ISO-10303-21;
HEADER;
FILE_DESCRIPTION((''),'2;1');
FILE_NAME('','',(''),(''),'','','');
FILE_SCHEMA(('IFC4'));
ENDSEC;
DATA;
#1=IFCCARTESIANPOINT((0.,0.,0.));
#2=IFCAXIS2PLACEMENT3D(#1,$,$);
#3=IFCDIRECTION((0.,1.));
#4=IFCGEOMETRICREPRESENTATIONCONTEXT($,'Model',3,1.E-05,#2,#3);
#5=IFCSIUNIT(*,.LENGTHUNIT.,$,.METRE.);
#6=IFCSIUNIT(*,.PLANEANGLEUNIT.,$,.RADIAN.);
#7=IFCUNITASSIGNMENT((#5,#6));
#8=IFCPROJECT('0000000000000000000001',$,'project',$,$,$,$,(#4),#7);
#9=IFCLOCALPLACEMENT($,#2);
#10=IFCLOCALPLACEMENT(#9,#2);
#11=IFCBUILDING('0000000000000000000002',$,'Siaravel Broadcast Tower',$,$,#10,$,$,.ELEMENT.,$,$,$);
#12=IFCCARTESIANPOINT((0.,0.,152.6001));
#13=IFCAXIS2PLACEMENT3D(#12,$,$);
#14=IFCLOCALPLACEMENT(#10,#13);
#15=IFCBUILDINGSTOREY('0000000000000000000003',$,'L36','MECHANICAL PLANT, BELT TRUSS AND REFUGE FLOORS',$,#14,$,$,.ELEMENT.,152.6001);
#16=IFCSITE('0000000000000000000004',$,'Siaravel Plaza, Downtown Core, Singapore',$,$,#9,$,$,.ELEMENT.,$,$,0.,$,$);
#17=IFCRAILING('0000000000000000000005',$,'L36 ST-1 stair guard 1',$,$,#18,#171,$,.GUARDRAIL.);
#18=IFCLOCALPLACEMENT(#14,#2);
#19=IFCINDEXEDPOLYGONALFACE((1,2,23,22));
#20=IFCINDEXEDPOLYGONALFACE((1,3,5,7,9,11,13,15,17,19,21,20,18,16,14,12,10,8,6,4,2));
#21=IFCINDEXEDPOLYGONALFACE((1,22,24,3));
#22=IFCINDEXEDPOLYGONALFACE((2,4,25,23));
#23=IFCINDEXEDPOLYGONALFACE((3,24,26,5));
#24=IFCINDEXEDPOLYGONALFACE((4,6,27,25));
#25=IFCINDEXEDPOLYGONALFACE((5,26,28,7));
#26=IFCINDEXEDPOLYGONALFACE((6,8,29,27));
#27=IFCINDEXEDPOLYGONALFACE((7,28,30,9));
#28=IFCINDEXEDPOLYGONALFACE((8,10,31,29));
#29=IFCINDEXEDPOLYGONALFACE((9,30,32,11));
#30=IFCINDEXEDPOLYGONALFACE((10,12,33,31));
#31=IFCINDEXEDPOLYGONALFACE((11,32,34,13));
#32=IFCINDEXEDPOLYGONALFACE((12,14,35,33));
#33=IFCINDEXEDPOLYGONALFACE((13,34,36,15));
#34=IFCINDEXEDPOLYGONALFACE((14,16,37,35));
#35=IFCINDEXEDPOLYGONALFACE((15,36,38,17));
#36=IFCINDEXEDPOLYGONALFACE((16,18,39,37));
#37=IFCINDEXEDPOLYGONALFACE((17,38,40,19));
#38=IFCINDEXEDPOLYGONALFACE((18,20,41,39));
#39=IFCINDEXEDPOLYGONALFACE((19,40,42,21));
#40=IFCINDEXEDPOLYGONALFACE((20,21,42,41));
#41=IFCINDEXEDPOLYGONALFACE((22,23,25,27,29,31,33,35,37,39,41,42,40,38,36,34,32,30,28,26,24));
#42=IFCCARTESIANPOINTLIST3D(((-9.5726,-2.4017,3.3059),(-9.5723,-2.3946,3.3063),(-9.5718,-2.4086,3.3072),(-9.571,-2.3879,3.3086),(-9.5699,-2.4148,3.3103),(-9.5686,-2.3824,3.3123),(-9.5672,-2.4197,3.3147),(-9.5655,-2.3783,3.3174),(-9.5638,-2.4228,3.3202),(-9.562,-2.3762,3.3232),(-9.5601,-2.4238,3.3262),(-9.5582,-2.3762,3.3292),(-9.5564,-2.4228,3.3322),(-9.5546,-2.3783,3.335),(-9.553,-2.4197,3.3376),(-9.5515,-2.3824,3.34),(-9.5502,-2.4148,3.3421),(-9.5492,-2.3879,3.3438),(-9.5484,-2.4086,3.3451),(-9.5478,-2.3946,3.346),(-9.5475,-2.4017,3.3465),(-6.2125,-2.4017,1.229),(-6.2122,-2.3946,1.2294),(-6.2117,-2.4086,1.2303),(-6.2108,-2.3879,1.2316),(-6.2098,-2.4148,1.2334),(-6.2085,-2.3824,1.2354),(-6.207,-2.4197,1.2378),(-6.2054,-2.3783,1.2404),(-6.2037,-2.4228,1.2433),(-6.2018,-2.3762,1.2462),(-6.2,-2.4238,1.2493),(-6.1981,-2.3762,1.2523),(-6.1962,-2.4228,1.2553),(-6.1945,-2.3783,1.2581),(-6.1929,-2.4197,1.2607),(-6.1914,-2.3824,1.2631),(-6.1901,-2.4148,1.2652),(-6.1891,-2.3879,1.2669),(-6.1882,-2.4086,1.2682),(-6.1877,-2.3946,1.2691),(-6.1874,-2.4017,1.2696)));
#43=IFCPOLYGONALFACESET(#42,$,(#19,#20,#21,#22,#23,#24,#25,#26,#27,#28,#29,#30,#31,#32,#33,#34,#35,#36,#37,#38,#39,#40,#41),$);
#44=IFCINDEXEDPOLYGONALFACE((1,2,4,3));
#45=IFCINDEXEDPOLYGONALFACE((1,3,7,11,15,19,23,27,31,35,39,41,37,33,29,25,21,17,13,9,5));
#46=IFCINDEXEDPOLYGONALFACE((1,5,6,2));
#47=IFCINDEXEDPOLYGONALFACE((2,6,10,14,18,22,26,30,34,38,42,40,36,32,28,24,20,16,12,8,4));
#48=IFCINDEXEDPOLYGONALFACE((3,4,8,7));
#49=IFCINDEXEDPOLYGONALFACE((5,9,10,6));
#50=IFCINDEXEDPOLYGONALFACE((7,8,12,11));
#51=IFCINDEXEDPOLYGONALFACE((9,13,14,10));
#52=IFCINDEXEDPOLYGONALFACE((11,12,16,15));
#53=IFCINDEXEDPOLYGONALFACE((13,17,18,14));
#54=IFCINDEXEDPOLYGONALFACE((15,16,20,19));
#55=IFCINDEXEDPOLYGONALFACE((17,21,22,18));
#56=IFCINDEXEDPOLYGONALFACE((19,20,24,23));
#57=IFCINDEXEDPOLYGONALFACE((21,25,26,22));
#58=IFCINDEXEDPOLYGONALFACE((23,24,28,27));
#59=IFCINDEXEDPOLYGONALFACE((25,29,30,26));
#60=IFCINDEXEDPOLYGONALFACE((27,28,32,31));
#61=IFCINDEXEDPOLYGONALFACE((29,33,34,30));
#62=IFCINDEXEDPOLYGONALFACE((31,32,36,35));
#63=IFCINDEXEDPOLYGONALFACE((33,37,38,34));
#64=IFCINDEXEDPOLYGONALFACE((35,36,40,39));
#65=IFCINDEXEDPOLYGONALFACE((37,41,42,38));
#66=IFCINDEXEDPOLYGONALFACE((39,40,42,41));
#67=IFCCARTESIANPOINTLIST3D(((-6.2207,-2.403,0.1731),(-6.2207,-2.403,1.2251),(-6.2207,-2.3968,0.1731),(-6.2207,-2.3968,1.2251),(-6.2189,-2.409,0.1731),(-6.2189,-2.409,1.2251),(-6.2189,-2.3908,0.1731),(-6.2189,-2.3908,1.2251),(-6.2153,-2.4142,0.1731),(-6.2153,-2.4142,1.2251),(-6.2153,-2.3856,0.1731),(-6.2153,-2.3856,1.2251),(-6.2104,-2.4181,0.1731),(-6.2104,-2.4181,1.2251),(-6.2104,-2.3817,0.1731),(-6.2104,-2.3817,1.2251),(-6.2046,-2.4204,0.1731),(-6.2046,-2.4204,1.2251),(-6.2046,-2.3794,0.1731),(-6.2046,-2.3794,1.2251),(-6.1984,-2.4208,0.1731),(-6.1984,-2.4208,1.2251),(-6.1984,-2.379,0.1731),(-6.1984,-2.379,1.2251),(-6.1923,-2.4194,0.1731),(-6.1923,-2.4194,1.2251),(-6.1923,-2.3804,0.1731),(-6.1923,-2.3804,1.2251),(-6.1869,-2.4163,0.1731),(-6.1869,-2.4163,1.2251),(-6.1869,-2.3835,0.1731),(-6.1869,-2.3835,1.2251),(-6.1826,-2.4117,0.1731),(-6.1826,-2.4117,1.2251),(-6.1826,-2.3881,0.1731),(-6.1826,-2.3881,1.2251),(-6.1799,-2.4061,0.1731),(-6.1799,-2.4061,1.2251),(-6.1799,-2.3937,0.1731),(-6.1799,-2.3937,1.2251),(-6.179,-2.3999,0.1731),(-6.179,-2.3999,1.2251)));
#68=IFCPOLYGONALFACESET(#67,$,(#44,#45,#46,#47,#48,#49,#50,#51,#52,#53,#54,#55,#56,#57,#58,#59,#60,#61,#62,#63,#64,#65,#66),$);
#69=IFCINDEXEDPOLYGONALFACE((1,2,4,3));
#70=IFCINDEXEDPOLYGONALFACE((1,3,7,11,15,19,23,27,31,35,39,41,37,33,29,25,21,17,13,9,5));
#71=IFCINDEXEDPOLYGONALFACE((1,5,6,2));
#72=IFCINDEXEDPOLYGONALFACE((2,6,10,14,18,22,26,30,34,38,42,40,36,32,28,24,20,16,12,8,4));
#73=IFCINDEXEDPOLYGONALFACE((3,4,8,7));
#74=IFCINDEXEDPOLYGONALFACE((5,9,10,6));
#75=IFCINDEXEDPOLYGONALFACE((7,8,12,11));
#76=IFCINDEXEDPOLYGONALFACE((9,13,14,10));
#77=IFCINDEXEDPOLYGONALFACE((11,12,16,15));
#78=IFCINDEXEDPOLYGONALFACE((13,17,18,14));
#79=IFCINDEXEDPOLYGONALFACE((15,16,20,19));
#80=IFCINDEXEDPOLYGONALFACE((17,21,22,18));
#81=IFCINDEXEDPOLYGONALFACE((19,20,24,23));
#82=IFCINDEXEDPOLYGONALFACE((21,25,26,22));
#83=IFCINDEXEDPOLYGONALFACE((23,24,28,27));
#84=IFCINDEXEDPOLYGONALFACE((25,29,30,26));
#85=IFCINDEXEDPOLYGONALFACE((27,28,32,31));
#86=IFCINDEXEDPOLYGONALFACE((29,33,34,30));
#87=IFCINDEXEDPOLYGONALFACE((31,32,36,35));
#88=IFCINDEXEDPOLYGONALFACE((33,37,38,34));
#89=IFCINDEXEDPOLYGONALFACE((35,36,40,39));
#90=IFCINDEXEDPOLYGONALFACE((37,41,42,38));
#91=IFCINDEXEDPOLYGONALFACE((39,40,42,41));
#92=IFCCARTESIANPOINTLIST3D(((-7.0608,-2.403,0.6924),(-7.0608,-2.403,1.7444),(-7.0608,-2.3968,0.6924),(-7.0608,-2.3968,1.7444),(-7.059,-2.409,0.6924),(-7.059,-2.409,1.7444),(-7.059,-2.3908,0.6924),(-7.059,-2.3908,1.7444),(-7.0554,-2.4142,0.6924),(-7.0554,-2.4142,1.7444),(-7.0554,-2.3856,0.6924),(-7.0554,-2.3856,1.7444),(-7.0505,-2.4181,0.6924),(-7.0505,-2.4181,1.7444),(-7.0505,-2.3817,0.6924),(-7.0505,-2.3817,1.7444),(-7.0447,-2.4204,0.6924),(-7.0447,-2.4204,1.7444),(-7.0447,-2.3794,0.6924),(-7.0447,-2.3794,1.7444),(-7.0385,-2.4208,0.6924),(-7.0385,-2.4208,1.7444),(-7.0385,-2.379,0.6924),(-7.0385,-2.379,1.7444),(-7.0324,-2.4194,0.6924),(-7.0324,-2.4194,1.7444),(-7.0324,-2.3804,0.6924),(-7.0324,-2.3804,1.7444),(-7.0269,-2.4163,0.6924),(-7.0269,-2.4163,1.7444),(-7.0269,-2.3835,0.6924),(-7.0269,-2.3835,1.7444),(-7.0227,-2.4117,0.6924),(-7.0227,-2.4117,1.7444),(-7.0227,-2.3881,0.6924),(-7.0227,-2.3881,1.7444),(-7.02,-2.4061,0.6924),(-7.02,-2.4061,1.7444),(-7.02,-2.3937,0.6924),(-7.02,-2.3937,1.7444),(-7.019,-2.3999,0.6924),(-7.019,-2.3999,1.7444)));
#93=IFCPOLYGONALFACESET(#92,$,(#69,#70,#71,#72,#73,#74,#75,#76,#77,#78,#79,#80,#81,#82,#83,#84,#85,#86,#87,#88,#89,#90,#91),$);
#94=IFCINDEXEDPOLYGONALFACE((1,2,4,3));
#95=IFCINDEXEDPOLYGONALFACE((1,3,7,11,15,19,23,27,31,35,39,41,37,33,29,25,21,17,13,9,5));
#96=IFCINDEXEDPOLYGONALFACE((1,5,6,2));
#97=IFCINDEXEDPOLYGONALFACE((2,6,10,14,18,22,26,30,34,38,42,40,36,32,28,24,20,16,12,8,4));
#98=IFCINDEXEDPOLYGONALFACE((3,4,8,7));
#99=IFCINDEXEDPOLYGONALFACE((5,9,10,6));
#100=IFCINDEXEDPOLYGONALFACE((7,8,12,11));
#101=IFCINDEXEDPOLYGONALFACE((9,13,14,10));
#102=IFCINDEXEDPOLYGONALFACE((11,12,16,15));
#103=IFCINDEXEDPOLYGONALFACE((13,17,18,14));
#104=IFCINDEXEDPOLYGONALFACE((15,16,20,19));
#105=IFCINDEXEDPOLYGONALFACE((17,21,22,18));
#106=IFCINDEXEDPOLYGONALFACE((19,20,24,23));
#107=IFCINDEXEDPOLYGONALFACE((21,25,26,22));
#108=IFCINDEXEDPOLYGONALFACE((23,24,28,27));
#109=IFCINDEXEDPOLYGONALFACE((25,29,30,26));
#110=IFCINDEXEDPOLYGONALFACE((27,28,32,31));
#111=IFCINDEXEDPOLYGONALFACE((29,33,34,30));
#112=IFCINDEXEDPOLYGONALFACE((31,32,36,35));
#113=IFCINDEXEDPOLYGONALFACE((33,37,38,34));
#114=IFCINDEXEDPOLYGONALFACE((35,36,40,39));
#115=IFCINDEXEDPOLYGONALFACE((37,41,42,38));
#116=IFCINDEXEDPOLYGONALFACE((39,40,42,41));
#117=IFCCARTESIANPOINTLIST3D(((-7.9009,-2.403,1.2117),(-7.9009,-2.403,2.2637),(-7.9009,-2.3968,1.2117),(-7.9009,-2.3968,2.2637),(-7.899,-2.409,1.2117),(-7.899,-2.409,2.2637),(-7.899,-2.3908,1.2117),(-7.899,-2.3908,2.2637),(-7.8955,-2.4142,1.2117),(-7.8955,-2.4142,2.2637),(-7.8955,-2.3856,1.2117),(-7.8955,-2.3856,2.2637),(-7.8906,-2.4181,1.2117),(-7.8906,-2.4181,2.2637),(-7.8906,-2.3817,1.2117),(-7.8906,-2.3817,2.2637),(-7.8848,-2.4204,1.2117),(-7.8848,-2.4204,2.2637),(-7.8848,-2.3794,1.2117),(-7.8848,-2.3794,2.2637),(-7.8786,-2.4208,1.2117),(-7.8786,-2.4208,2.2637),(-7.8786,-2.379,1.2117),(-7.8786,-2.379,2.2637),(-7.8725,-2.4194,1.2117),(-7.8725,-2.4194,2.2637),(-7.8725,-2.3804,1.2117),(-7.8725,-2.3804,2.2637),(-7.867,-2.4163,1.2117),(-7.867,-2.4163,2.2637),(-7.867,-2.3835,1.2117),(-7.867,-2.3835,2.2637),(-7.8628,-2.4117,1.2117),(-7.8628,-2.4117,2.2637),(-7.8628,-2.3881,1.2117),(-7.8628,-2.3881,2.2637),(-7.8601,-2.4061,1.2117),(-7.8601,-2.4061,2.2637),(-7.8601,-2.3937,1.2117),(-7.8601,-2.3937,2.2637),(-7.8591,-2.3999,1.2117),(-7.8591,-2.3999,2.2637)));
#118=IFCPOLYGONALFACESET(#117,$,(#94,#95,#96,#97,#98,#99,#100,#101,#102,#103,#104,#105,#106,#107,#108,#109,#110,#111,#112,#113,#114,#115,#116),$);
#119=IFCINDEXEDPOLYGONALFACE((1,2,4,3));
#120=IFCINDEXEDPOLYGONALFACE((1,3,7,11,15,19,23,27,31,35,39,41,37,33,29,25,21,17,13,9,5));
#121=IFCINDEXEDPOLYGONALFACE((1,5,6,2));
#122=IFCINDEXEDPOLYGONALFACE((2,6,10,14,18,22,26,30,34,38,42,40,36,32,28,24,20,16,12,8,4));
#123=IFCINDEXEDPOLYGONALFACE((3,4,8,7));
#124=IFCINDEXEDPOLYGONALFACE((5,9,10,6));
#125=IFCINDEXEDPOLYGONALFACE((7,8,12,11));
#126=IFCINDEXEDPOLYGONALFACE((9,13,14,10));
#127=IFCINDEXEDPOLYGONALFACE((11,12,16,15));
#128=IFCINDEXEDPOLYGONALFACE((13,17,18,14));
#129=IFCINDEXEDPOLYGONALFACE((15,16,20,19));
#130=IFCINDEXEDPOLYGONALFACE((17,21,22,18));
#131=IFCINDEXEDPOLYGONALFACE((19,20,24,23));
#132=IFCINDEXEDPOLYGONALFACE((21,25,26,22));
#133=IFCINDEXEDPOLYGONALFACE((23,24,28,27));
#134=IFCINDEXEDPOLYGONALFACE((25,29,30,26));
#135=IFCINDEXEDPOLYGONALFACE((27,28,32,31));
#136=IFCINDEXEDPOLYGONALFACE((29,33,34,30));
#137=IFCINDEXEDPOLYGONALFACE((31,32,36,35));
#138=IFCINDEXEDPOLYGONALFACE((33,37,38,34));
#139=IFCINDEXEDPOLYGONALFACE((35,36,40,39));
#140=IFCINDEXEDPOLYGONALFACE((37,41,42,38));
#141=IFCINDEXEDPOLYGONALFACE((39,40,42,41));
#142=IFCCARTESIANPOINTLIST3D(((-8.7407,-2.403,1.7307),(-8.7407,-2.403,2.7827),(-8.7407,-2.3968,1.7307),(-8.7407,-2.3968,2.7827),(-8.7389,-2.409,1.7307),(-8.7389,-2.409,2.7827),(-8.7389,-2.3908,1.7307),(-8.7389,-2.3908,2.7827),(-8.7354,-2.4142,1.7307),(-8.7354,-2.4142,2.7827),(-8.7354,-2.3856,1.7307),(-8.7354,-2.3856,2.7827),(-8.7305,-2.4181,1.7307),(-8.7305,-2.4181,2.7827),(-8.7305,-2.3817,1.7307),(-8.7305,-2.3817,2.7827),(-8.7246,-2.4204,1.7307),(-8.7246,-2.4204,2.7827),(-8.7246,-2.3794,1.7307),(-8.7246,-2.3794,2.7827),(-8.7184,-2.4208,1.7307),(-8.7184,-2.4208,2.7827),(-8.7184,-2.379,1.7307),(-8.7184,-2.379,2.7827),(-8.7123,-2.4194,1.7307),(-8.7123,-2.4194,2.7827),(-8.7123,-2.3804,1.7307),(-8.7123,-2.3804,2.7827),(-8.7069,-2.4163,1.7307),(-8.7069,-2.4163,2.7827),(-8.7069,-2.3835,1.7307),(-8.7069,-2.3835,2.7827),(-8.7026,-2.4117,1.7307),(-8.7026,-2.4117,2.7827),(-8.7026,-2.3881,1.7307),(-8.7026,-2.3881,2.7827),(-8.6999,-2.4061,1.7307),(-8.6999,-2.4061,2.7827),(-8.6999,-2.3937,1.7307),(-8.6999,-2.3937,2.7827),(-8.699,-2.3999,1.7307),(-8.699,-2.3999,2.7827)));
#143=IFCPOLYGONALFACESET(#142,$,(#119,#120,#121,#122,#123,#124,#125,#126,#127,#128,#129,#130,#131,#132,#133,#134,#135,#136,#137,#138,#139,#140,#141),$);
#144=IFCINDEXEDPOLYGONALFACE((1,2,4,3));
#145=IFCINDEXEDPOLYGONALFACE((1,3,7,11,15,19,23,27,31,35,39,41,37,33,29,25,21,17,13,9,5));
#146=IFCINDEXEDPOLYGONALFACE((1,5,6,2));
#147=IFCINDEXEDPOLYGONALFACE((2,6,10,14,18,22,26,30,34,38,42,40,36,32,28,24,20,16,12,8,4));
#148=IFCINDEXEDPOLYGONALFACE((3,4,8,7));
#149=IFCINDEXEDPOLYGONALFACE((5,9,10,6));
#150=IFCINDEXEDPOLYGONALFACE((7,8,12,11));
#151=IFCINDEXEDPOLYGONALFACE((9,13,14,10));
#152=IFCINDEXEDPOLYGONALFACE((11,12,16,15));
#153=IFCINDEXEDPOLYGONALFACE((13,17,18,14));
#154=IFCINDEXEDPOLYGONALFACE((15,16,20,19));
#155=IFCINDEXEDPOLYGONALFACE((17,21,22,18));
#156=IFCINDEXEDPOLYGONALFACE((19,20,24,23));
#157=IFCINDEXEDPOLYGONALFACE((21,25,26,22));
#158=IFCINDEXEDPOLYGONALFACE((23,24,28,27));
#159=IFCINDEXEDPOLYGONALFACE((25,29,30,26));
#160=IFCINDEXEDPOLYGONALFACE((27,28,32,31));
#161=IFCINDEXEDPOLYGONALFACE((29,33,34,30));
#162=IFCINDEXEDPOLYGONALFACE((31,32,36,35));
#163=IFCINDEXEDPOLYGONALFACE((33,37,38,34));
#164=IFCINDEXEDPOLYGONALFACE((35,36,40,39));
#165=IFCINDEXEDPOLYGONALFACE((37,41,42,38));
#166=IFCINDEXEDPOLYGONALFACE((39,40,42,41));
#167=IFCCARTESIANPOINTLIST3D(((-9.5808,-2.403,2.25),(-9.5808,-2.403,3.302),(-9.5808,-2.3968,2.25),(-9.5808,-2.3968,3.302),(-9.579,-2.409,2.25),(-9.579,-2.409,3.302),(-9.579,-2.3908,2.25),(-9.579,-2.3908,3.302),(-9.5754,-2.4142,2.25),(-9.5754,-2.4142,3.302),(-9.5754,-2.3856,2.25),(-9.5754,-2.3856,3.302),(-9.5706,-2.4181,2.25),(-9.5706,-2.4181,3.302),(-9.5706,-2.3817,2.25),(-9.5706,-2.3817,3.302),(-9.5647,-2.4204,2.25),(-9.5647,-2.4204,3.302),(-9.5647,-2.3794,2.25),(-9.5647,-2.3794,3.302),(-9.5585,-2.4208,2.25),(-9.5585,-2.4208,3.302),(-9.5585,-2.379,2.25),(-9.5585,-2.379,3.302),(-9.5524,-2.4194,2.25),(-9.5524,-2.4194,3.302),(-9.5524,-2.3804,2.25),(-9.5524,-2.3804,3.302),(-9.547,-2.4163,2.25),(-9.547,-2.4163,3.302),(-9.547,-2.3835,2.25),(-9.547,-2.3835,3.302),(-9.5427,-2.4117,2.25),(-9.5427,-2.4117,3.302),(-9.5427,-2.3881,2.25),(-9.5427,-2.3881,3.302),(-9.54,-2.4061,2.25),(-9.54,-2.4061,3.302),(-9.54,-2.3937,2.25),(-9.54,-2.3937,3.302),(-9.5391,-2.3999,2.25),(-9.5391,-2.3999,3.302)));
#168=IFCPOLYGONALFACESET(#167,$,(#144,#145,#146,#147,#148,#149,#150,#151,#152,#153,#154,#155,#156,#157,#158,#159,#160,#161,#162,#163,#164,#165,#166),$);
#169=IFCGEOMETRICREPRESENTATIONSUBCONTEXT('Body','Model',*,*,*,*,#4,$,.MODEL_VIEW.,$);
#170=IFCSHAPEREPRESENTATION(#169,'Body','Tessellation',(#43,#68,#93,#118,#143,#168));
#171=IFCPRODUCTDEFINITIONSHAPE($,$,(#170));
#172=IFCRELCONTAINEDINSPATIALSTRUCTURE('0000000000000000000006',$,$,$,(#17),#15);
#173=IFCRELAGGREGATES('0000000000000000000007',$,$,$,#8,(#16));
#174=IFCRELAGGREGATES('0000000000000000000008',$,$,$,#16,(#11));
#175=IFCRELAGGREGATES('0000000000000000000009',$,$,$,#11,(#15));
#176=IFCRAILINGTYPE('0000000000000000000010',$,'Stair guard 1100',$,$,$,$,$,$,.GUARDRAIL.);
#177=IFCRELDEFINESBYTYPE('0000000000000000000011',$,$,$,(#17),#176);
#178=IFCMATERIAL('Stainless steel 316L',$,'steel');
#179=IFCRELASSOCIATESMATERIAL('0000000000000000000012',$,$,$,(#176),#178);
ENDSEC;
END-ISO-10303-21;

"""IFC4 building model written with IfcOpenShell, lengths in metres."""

from ifc_helpers import new_model, si_unit, direction, frame, origin, origin_2d, place, context, subcontext, project, spatial, circle, extrude, material, type_object, element, save


model = new_model("IFC4")

# Units and contexts
model_context = context("Model", 3, precision=1e-05, world=origin(), true_north=direction((0.0, 1.0)))
body_context = subcontext(model_context, "Body", "Model", "MODEL_VIEW")
ifc_project = project(units=[si_unit("LENGTHUNIT", "METRE"), si_unit("PLANEANGLEUNIT", "RADIAN")], contexts=[model_context])

# Site, building, storey
site_placement = place(None, origin())
site = spatial("IfcSite", under=ifc_project, at=site_placement, Name="Siaravel Plaza, Downtown Core, Singapore", CompositionType="ELEMENT", RefElevation=0.0)
building_placement = place(site_placement, origin())
building = spatial("IfcBuilding", under=site, at=building_placement, Name="Siaravel Broadcast Tower", CompositionType="ELEMENT")
storey_placement = place(building_placement, frame((0.0, 0.0, 152.6001)))
storey = spatial("IfcBuildingStorey", under=building, at=storey_placement, Name="L36", Description="MECHANICAL PLANT, BELT TRUSS AND REFUGE FLOORS", CompositionType="ELEMENT", Elevation=152.6001)

# Shared definitions
ifc_material_1 = material(Name="Stainless steel 316L", Category="steel")

# Railing
railing_type_1 = type_object("IfcRailingType", Name="Stair guard 1100", PredefinedType="GUARDRAIL", material=ifc_material_1)
railing_1_placement = place(storey_placement, frame((-6.2, -2.3999, 0.1731)))
element("IfcRailing", 1, at=railing_1_placement, inside=storey, type_object=railing_type_1, Name="L36 ST-1 stair guard 1", PredefinedType="GUARDRAIL", context=body_context, shape_type="SweptSolid", body=[
    extrude(circle(Radius=0.0239, at=origin_2d()), frame((0.0, 0.0, 1.0762), z_axis=(-0.850623, 0.0, 0.525776), x_axis=(0.0, -1.0, 0.0)), (0.0, 0.0, 1.0), 3.9502),
    extrude(circle(Radius=0.021, at=origin_2d()), origin(), (0.0, 0.0, 1.0), 1.052),
    extrude(circle(Radius=0.021, at=origin_2d()), frame((-0.8401, 0.0, 0.5193)), (0.0, 0.0, 1.0), 1.052),
    extrude(circle(Radius=0.021, at=origin_2d()), frame((-1.6802, 0.0, 1.0386)), (0.0, 0.0, 1.0), 1.052),
    extrude(circle(Radius=0.021, at=origin_2d()), frame((-2.52, 0.0, 1.5576)), (0.0, 0.0, 1.0), 1.052),
    extrude(circle(Radius=0.021, at=origin_2d()), frame((-3.3601, 0.0, 2.0769)), (0.0, 0.0, 1.0), 1.052),
])

save(model, "model.ifc")
